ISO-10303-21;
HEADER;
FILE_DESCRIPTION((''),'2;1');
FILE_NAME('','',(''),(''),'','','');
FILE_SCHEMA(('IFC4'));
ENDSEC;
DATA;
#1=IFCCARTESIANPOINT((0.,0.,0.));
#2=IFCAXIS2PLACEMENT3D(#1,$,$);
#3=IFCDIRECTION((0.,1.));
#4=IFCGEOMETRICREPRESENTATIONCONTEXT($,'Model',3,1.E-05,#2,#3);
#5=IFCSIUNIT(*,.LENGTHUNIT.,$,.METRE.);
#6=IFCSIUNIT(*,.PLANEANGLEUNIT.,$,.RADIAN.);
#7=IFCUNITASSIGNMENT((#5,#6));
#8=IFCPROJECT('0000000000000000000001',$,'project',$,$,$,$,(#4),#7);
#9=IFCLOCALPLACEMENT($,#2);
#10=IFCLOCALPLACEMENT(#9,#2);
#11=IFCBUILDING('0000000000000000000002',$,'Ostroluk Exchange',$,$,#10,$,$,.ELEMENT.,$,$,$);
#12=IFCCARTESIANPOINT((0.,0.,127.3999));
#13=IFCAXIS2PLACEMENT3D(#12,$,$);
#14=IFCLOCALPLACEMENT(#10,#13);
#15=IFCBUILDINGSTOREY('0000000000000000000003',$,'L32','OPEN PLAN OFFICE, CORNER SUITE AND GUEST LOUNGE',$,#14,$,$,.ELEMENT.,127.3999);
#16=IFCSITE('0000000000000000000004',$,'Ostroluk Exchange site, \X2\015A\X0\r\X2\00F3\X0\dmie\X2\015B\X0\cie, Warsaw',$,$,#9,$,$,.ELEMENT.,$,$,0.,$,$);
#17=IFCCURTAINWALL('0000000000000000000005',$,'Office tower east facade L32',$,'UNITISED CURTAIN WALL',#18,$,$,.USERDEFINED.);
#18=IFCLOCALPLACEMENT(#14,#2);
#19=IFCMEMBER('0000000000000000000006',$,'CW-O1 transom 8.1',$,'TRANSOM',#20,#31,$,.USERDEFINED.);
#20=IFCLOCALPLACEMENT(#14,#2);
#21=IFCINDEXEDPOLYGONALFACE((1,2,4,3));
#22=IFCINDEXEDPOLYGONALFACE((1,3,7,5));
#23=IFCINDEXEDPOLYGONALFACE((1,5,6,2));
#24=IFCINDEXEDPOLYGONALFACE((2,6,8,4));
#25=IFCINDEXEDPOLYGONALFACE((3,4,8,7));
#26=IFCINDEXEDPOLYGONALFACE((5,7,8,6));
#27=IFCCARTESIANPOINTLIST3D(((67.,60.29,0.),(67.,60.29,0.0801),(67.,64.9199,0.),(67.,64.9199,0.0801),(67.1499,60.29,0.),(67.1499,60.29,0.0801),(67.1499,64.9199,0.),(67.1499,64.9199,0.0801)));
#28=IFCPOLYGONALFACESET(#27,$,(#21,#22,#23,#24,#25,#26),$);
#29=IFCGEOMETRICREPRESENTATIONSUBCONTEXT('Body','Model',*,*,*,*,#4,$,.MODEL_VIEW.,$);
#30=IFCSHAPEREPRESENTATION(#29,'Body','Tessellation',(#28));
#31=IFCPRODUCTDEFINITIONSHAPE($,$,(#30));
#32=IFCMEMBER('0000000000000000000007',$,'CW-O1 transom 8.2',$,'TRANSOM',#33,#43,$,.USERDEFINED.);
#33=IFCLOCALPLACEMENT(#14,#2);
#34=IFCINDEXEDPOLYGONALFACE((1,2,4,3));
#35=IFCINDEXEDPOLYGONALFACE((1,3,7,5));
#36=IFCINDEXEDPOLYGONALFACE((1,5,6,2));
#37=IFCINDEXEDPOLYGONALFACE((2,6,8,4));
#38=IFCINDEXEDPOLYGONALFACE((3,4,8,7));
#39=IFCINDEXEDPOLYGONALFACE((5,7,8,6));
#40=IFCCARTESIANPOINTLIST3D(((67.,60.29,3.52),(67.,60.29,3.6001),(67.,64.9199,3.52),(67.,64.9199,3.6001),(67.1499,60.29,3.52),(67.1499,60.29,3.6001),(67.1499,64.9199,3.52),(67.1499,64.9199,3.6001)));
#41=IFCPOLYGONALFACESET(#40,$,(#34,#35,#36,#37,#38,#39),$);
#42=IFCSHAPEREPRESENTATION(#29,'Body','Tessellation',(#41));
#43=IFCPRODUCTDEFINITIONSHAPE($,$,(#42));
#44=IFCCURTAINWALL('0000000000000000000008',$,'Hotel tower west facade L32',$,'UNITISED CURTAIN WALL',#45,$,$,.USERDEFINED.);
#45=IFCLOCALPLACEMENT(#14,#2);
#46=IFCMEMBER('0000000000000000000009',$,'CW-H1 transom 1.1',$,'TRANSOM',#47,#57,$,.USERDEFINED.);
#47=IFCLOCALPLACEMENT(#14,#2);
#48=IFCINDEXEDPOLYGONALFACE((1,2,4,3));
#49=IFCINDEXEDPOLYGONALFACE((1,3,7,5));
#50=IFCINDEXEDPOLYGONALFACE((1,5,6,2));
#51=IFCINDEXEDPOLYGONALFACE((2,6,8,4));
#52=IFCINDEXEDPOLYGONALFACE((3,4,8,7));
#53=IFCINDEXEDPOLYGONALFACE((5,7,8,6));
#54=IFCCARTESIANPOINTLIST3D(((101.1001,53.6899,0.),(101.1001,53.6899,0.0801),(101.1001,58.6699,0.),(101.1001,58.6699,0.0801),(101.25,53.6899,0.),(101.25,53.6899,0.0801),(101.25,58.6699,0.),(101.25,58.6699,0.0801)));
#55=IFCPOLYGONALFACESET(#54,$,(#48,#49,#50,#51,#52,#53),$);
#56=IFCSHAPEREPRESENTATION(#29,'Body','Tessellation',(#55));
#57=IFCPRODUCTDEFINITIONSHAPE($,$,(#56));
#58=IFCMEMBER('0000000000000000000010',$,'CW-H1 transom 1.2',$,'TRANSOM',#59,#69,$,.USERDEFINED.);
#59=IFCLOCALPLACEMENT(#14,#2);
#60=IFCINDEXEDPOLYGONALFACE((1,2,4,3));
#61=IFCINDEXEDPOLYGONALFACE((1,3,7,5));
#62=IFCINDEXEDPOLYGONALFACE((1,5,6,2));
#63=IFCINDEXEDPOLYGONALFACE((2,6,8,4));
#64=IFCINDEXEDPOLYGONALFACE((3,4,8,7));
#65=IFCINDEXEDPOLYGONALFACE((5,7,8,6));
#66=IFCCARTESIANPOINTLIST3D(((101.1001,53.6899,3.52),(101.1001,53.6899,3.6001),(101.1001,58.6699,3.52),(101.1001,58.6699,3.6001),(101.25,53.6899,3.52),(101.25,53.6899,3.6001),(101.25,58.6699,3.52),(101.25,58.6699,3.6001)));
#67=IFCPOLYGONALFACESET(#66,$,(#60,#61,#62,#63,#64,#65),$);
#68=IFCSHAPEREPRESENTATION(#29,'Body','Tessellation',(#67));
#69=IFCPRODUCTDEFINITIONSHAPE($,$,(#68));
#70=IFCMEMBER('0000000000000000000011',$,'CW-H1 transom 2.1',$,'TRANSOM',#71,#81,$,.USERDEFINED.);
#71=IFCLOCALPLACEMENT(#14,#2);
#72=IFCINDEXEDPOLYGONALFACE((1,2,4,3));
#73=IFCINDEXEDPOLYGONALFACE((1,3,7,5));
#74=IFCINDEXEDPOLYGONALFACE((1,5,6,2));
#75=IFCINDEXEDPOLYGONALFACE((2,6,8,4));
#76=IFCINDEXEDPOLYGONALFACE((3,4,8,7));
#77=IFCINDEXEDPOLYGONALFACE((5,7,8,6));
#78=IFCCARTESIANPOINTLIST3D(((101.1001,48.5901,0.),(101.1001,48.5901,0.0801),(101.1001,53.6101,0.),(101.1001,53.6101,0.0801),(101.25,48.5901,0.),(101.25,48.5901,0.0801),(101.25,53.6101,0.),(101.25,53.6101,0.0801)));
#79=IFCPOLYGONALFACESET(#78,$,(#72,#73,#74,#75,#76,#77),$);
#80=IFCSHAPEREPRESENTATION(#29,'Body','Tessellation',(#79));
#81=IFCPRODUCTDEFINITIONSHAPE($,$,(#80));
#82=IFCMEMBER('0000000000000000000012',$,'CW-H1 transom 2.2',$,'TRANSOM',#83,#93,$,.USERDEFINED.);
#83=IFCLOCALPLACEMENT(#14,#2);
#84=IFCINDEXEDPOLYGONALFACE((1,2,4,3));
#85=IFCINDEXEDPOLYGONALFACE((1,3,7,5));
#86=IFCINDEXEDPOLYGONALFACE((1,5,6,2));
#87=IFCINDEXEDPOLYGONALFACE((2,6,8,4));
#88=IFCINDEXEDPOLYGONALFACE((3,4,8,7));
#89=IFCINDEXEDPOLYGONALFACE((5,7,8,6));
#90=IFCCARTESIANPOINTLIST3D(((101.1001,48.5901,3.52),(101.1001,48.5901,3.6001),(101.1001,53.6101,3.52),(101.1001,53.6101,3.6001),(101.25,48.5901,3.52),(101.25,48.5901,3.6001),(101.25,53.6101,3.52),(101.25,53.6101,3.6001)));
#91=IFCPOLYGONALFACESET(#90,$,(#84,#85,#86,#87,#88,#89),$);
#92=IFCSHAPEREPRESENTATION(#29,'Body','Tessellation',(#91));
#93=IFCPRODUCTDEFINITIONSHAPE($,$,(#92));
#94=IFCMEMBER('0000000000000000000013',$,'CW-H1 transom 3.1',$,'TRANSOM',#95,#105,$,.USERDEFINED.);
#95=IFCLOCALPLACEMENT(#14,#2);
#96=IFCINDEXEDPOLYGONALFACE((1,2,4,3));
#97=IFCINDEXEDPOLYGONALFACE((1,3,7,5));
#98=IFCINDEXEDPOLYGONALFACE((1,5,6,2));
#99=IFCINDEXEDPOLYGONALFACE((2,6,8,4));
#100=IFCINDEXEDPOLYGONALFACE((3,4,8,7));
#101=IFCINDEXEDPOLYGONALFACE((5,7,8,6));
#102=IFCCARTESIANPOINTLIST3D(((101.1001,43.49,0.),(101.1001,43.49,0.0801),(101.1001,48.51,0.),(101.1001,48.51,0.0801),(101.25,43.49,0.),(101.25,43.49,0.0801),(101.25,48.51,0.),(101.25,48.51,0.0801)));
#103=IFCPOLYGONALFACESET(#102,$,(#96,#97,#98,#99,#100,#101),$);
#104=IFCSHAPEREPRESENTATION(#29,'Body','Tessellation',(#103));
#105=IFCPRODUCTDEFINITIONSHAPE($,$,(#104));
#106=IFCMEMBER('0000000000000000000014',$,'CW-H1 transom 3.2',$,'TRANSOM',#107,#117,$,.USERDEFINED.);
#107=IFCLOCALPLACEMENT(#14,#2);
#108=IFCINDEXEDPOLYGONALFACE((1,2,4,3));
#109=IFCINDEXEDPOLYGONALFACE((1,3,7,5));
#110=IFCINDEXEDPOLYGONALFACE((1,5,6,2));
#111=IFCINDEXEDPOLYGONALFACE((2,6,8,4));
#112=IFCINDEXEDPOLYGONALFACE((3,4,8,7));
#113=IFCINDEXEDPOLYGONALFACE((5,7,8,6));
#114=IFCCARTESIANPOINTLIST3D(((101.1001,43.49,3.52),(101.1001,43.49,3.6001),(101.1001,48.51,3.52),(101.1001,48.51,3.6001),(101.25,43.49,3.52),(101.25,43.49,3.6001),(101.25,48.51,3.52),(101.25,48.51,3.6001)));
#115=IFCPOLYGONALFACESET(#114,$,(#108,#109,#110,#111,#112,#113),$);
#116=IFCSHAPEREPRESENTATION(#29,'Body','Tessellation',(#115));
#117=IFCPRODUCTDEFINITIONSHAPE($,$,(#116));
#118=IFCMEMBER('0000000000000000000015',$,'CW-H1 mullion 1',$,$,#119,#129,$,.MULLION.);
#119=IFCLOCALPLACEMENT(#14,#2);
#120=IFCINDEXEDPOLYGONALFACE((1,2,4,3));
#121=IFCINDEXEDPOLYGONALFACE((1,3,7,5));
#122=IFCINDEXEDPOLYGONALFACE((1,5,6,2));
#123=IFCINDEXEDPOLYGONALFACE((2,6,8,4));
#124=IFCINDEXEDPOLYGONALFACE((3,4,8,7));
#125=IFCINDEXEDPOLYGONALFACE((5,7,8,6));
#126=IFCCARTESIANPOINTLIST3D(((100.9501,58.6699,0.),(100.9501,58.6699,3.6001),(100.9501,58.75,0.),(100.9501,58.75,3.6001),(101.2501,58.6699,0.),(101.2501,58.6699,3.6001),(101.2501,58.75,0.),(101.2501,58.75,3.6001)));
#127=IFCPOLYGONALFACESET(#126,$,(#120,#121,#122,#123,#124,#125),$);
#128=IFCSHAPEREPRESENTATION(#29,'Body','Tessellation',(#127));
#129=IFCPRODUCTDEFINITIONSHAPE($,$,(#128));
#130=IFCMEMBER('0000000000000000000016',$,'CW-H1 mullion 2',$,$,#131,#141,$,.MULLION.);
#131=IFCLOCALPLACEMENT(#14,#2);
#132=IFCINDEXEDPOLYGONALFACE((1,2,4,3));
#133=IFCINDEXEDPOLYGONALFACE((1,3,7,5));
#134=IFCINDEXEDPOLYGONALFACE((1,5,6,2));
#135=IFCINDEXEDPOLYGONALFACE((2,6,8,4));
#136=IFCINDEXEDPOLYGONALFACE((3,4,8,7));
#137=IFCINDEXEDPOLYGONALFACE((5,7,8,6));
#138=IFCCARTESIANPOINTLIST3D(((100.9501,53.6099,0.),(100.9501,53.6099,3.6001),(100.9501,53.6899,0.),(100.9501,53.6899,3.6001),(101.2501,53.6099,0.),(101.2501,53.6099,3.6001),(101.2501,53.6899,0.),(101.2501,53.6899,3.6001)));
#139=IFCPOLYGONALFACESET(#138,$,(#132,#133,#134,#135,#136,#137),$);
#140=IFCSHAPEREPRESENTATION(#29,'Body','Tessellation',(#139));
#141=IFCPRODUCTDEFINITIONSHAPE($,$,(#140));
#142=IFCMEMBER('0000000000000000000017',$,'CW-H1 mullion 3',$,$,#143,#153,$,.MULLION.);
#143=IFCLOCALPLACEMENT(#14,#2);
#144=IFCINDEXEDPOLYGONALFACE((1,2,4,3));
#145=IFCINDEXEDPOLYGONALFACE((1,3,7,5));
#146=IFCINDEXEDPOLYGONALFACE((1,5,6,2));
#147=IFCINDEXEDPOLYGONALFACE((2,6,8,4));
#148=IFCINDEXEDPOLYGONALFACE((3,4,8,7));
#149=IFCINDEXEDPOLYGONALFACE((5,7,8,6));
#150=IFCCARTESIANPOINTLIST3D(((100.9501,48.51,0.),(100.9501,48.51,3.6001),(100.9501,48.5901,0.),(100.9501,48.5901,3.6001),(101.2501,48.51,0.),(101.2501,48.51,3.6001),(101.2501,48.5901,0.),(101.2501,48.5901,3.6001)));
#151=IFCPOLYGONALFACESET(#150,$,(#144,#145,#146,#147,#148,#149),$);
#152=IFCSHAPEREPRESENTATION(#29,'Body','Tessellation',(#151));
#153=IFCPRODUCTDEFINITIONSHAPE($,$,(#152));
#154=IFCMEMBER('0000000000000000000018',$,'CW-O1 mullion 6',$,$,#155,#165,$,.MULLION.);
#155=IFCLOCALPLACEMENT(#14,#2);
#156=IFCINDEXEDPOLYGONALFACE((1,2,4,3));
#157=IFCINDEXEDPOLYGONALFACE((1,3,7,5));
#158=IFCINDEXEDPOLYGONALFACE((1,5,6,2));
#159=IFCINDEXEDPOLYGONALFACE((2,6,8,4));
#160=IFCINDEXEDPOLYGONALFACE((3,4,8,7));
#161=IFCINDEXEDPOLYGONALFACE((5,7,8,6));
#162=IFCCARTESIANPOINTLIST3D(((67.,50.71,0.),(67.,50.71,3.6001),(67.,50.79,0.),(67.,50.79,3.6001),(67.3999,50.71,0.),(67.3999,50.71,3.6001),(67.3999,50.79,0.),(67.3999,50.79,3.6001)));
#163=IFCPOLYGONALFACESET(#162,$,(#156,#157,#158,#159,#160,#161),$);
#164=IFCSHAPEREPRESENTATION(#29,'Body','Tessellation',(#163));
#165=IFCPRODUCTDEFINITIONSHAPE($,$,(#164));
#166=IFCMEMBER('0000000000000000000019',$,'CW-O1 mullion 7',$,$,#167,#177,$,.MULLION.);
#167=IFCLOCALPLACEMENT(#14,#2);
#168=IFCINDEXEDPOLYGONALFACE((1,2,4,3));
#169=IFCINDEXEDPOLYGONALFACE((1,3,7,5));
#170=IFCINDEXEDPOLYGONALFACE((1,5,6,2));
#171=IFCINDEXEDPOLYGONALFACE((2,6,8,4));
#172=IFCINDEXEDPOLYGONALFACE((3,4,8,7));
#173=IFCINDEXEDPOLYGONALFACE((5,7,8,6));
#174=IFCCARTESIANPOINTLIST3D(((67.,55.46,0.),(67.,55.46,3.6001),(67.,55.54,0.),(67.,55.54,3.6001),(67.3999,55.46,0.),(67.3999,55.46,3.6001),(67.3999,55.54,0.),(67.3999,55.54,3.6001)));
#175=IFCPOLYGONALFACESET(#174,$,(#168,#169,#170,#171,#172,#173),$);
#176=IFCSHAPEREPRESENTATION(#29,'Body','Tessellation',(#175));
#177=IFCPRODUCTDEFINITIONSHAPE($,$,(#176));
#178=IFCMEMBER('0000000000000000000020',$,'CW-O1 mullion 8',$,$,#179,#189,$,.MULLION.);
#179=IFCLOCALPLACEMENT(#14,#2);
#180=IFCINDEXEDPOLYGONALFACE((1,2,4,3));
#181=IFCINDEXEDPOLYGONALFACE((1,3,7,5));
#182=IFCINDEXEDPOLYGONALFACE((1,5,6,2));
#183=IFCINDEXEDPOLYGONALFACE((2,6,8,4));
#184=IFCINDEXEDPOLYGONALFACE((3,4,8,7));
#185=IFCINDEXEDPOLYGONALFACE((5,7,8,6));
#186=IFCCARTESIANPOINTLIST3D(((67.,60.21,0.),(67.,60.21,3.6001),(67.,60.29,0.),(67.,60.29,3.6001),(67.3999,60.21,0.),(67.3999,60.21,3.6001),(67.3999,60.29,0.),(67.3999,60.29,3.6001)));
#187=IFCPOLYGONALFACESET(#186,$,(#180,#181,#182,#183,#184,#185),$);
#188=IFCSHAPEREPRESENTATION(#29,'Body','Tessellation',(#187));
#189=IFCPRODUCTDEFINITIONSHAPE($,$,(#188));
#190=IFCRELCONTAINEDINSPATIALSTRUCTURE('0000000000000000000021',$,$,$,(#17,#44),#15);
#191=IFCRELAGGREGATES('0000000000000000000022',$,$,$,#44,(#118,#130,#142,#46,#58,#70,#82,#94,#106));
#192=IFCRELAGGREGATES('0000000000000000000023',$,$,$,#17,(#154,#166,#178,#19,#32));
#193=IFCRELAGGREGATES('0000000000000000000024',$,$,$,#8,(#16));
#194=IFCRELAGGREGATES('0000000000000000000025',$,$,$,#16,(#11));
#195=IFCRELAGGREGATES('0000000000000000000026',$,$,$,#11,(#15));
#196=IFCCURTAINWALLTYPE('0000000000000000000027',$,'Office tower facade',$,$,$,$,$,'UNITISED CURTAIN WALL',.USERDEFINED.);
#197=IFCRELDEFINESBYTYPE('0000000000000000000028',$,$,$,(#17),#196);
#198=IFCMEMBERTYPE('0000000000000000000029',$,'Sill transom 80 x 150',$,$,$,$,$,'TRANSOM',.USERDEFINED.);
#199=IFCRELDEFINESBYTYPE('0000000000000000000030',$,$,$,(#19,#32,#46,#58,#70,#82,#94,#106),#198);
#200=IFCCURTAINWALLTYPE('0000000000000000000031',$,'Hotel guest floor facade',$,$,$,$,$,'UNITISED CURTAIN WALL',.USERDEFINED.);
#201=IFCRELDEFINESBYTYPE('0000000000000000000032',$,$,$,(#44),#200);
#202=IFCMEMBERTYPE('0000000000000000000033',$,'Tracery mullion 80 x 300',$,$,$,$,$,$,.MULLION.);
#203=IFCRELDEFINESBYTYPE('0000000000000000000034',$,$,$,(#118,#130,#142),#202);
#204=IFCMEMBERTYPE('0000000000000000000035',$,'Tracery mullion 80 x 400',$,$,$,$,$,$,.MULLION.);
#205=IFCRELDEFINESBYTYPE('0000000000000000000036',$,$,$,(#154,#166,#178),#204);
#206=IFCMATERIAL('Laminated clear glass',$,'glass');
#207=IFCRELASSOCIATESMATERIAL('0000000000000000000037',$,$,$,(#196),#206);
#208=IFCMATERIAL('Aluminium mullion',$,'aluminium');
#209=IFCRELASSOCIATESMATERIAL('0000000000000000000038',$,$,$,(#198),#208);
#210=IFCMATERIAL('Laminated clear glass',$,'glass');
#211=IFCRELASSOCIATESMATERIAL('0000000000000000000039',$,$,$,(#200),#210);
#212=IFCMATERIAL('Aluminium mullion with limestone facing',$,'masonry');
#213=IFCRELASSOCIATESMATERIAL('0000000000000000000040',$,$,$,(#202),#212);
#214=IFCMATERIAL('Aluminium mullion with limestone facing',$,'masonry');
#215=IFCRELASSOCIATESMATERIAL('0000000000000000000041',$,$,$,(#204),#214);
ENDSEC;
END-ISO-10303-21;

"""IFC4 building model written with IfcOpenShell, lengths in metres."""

from ifc_helpers import new_model, si_unit, direction, frame, origin, origin_2d, place, context, subcontext, project, spatial, rectangle, extrude, material, material_profile, profile_set, type_object, element, aggregate, save


model = new_model("IFC4")

# Units and contexts
model_context = context("Model", 3, precision=1e-05, world=origin(), true_north=direction((0.0, 1.0)))
body_context = subcontext(model_context, "Body", "Model", "MODEL_VIEW")
ifc_project = project(units=[si_unit("LENGTHUNIT", "METRE"), si_unit("PLANEANGLEUNIT", "RADIAN")], contexts=[model_context])

# Site, building, storey
site_placement = place(None, origin())
site = spatial("IfcSite", under=ifc_project, at=site_placement, Name="Ostroluk Exchange site, Śródmieście, Warsaw", CompositionType="ELEMENT", RefElevation=0.0)
building_placement = place(site_placement, origin())
building = spatial("IfcBuilding", under=site, at=building_placement, Name="Ostroluk Exchange", CompositionType="ELEMENT")
storey_placement = place(building_placement, frame((0.0, 0.0, 127.3999)))
storey = spatial("IfcBuildingStorey", under=building, at=storey_placement, Name="L32", Description="OPEN PLAN OFFICE, CORNER SUITE AND GUEST LOUNGE", CompositionType="ELEMENT", Elevation=127.3999)

# Curtain walls, members
ifc_material_1 = material(Name="Laminated clear glass", Category="glass")
curtain_wall_type_1 = type_object("IfcCurtainWallType", Name="Office tower facade", ElementType="UNITISED CURTAIN WALL", PredefinedType="USERDEFINED", material=ifc_material_1)
curtain_wall_1_placement = place(storey_placement, origin())
curtain_wall_1 = element("IfcCurtainWall", 1, at=curtain_wall_1_placement, inside=storey, type_object=curtain_wall_type_1, Name="Office tower east facade L32", ObjectType="UNITISED CURTAIN WALL", PredefinedType="USERDEFINED")
ifc_material_2 = material(Name="Aluminium mullion", Category="aluminium")
ifc_material_profile_1 = material_profile(ifc_material_2, rectangle(XDim=0.1499, YDim=0.0801, at=origin_2d()), Name="Sill transom 80 x 150")
ifc_profile_set_1 = profile_set([ifc_material_profile_1], Name="Aluminium mullion")
member_type_1 = type_object("IfcMemberType", Name="Sill transom 80 x 150", ElementType="TRANSOM", PredefinedType="USERDEFINED", material=ifc_profile_set_1)
member_1_placement = place(storey_placement, frame((67.075, 60.29, 0.04), z_axis=(0.0, 1.0, 0.0), x_axis=(-1.0, 0.0, 0.0)))
member_1 = element("IfcMember", 2, at=member_1_placement, type_object=member_type_1, Name="CW-O1 transom 8.1", ObjectType="TRANSOM", PredefinedType="USERDEFINED", context=body_context, shape_type="SweptSolid", body=[
    extrude(rectangle(XDim=0.1499, YDim=0.0801, at=origin_2d()), origin(), (0.0, 0.0, 1.0), 4.6299),
])
member_2_placement = place(storey_placement, frame((67.075, 60.29, 3.5601), z_axis=(0.0, 1.0, 0.0), x_axis=(-1.0, 0.0, 0.0)))
member_2 = element("IfcMember", 3, at=member_2_placement, type_object=member_type_1, Name="CW-O1 transom 8.2", ObjectType="TRANSOM", PredefinedType="USERDEFINED", context=body_context, shape_type="SweptSolid", body=[
    extrude(rectangle(XDim=0.1499, YDim=0.0801, at=origin_2d()), origin(), (0.0, 0.0, 1.0), 4.6299),
])
ifc_material_3 = material(Name="Laminated clear glass", Category="glass")
curtain_wall_type_2 = type_object("IfcCurtainWallType", Name="Hotel guest floor facade", ElementType="UNITISED CURTAIN WALL", PredefinedType="USERDEFINED", material=ifc_material_3)
curtain_wall_2_placement = place(storey_placement, origin())
curtain_wall_2 = element("IfcCurtainWall", 4, at=curtain_wall_2_placement, inside=storey, type_object=curtain_wall_type_2, Name="Hotel tower west facade L32", ObjectType="UNITISED CURTAIN WALL", PredefinedType="USERDEFINED")
member_3_placement = place(storey_placement, frame((101.175, 58.6699, 0.04), z_axis=(0.0, -1.0, 0.0), x_axis=(1.0, 0.0, 0.0)))
member_3 = element("IfcMember", 5, at=member_3_placement, type_object=member_type_1, Name="CW-H1 transom 1.1", ObjectType="TRANSOM", PredefinedType="USERDEFINED", context=body_context, shape_type="SweptSolid", body=[
    extrude(rectangle(XDim=0.1499, YDim=0.0801, at=origin_2d()), origin(), (0.0, 0.0, 1.0), 4.98),
])
member_4_placement = place(storey_placement, frame((101.175, 58.6699, 3.5601), z_axis=(0.0, -1.0, 0.0), x_axis=(1.0, 0.0, 0.0)))
member_4 = element("IfcMember", 6, at=member_4_placement, type_object=member_type_1, Name="CW-H1 transom 1.2", ObjectType="TRANSOM", PredefinedType="USERDEFINED", context=body_context, shape_type="SweptSolid", body=[
    extrude(rectangle(XDim=0.1499, YDim=0.0801, at=origin_2d()), origin(), (0.0, 0.0, 1.0), 4.98),
])
member_5_placement = place(storey_placement, frame((101.175, 53.6101, 0.04), z_axis=(0.0, -1.0, 0.0), x_axis=(1.0, 0.0, 0.0)))
member_5 = element("IfcMember", 7, at=member_5_placement, type_object=member_type_1, Name="CW-H1 transom 2.1", ObjectType="TRANSOM", PredefinedType="USERDEFINED", context=body_context, shape_type="SweptSolid", body=[
    extrude(rectangle(XDim=0.1499, YDim=0.0801, at=origin_2d()), origin(), (0.0, 0.0, 1.0), 5.02),
])
member_6_placement = place(storey_placement, frame((101.175, 53.6101, 3.5601), z_axis=(0.0, -1.0, 0.0), x_axis=(1.0, 0.0, 0.0)))
member_6 = element("IfcMember", 8, at=member_6_placement, type_object=member_type_1, Name="CW-H1 transom 2.2", ObjectType="TRANSOM", PredefinedType="USERDEFINED", context=body_context, shape_type="SweptSolid", body=[
    extrude(rectangle(XDim=0.1499, YDim=0.0801, at=origin_2d()), origin(), (0.0, 0.0, 1.0), 5.02),
])
member_7_placement = place(storey_placement, frame((101.175, 48.51, 0.04), z_axis=(0.0, -1.0, 0.0), x_axis=(1.0, 0.0, 0.0)))
member_7 = element("IfcMember", 9, at=member_7_placement, type_object=member_type_1, Name="CW-H1 transom 3.1", ObjectType="TRANSOM", PredefinedType="USERDEFINED", context=body_context, shape_type="SweptSolid", body=[
    extrude(rectangle(XDim=0.1499, YDim=0.0801, at=origin_2d()), origin(), (0.0, 0.0, 1.0), 5.02),
])
member_8_placement = place(storey_placement, frame((101.175, 48.51, 3.5601), z_axis=(0.0, -1.0, 0.0), x_axis=(1.0, 0.0, 0.0)))
member_8 = element("IfcMember", 10, at=member_8_placement, type_object=member_type_1, Name="CW-H1 transom 3.2", ObjectType="TRANSOM", PredefinedType="USERDEFINED", context=body_context, shape_type="SweptSolid", body=[
    extrude(rectangle(XDim=0.1499, YDim=0.0801, at=origin_2d()), origin(), (0.0, 0.0, 1.0), 5.02),
])
ifc_material_4 = material(Name="Aluminium mullion with limestone facing", Category="masonry")
ifc_material_profile_2 = material_profile(ifc_material_4, rectangle(XDim=0.3, YDim=0.0801, at=origin_2d()), Name="Tracery mullion 80 x 300")
ifc_profile_set_2 = profile_set([ifc_material_profile_2], Name="Aluminium mullion with limestone facing")
member_type_2 = type_object("IfcMemberType", Name="Tracery mullion 80 x 300", PredefinedType="MULLION", material=ifc_profile_set_2)
member_9_placement = place(storey_placement, frame((101.1001, 58.71, 0.0), z_axis=(0.0, 0.0, 1.0), x_axis=(1.0, 0.0, 0.0)))
member_9 = element("IfcMember", 11, at=member_9_placement, type_object=member_type_2, Name="CW-H1 mullion 1", PredefinedType="MULLION", context=body_context, shape_type="SweptSolid", body=[
    extrude(rectangle(XDim=0.3, YDim=0.0801, at=origin_2d()), origin(), (0.0, 0.0, 1.0), 3.6001),
])
member_10_placement = place(storey_placement, frame((101.1001, 53.6499, 0.0), z_axis=(0.0, 0.0, 1.0), x_axis=(1.0, 0.0, 0.0)))
member_10 = element("IfcMember", 12, at=member_10_placement, type_object=member_type_2, Name="CW-H1 mullion 2", PredefinedType="MULLION", context=body_context, shape_type="SweptSolid", body=[
    extrude(rectangle(XDim=0.3, YDim=0.0801, at=origin_2d()), origin(), (0.0, 0.0, 1.0), 3.6001),
])
member_11_placement = place(storey_placement, frame((101.1001, 48.55, 0.0), z_axis=(0.0, 0.0, 1.0), x_axis=(1.0, 0.0, 0.0)))
member_11 = element("IfcMember", 13, at=member_11_placement, type_object=member_type_2, Name="CW-H1 mullion 3", PredefinedType="MULLION", context=body_context, shape_type="SweptSolid", body=[
    extrude(rectangle(XDim=0.3, YDim=0.0801, at=origin_2d()), origin(), (0.0, 0.0, 1.0), 3.6001),
])

# Members
ifc_material_5 = material(Name="Aluminium mullion with limestone facing", Category="masonry")
ifc_material_profile_3 = material_profile(ifc_material_5, rectangle(XDim=0.3999, YDim=0.0801, at=origin_2d()), Name="Tracery mullion 80 x 400")
ifc_profile_set_3 = profile_set([ifc_material_profile_3], Name="Aluminium mullion with limestone facing")
member_type_3 = type_object("IfcMemberType", Name="Tracery mullion 80 x 400", PredefinedType="MULLION", material=ifc_profile_set_3)
member_12_placement = place(storey_placement, frame((67.2, 50.75, 0.0), z_axis=(0.0, 0.0, 1.0), x_axis=(-1.0, 0.0, 0.0)))
member_12 = element("IfcMember", 14, at=member_12_placement, type_object=member_type_3, Name="CW-O1 mullion 6", PredefinedType="MULLION", context=body_context, shape_type="SweptSolid", body=[
    extrude(rectangle(XDim=0.3999, YDim=0.0801, at=origin_2d()), origin(), (0.0, 0.0, 1.0), 3.6001),
])
member_13_placement = place(storey_placement, frame((67.2, 55.5, 0.0), z_axis=(0.0, 0.0, 1.0), x_axis=(-1.0, 0.0, 0.0)))
member_13 = element("IfcMember", 15, at=member_13_placement, type_object=member_type_3, Name="CW-O1 mullion 7", PredefinedType="MULLION", context=body_context, shape_type="SweptSolid", body=[
    extrude(rectangle(XDim=0.3999, YDim=0.0801, at=origin_2d()), origin(), (0.0, 0.0, 1.0), 3.6001),
])
member_14_placement = place(storey_placement, frame((67.2, 60.25, 0.0), z_axis=(0.0, 0.0, 1.0), x_axis=(-1.0, 0.0, 0.0)))
member_14 = element("IfcMember", 16, at=member_14_placement, type_object=member_type_3, Name="CW-O1 mullion 8", PredefinedType="MULLION", context=body_context, shape_type="SweptSolid", body=[
    extrude(rectangle(XDim=0.3999, YDim=0.0801, at=origin_2d()), origin(), (0.0, 0.0, 1.0), 3.6001),
])

aggregate(curtain_wall_2, [member_9, member_10, member_11, member_3, member_4, member_5, member_6, member_7, member_8])
aggregate(curtain_wall_1, [member_12, member_13, member_14, member_1, member_2])

save(model, "model.ifc")
